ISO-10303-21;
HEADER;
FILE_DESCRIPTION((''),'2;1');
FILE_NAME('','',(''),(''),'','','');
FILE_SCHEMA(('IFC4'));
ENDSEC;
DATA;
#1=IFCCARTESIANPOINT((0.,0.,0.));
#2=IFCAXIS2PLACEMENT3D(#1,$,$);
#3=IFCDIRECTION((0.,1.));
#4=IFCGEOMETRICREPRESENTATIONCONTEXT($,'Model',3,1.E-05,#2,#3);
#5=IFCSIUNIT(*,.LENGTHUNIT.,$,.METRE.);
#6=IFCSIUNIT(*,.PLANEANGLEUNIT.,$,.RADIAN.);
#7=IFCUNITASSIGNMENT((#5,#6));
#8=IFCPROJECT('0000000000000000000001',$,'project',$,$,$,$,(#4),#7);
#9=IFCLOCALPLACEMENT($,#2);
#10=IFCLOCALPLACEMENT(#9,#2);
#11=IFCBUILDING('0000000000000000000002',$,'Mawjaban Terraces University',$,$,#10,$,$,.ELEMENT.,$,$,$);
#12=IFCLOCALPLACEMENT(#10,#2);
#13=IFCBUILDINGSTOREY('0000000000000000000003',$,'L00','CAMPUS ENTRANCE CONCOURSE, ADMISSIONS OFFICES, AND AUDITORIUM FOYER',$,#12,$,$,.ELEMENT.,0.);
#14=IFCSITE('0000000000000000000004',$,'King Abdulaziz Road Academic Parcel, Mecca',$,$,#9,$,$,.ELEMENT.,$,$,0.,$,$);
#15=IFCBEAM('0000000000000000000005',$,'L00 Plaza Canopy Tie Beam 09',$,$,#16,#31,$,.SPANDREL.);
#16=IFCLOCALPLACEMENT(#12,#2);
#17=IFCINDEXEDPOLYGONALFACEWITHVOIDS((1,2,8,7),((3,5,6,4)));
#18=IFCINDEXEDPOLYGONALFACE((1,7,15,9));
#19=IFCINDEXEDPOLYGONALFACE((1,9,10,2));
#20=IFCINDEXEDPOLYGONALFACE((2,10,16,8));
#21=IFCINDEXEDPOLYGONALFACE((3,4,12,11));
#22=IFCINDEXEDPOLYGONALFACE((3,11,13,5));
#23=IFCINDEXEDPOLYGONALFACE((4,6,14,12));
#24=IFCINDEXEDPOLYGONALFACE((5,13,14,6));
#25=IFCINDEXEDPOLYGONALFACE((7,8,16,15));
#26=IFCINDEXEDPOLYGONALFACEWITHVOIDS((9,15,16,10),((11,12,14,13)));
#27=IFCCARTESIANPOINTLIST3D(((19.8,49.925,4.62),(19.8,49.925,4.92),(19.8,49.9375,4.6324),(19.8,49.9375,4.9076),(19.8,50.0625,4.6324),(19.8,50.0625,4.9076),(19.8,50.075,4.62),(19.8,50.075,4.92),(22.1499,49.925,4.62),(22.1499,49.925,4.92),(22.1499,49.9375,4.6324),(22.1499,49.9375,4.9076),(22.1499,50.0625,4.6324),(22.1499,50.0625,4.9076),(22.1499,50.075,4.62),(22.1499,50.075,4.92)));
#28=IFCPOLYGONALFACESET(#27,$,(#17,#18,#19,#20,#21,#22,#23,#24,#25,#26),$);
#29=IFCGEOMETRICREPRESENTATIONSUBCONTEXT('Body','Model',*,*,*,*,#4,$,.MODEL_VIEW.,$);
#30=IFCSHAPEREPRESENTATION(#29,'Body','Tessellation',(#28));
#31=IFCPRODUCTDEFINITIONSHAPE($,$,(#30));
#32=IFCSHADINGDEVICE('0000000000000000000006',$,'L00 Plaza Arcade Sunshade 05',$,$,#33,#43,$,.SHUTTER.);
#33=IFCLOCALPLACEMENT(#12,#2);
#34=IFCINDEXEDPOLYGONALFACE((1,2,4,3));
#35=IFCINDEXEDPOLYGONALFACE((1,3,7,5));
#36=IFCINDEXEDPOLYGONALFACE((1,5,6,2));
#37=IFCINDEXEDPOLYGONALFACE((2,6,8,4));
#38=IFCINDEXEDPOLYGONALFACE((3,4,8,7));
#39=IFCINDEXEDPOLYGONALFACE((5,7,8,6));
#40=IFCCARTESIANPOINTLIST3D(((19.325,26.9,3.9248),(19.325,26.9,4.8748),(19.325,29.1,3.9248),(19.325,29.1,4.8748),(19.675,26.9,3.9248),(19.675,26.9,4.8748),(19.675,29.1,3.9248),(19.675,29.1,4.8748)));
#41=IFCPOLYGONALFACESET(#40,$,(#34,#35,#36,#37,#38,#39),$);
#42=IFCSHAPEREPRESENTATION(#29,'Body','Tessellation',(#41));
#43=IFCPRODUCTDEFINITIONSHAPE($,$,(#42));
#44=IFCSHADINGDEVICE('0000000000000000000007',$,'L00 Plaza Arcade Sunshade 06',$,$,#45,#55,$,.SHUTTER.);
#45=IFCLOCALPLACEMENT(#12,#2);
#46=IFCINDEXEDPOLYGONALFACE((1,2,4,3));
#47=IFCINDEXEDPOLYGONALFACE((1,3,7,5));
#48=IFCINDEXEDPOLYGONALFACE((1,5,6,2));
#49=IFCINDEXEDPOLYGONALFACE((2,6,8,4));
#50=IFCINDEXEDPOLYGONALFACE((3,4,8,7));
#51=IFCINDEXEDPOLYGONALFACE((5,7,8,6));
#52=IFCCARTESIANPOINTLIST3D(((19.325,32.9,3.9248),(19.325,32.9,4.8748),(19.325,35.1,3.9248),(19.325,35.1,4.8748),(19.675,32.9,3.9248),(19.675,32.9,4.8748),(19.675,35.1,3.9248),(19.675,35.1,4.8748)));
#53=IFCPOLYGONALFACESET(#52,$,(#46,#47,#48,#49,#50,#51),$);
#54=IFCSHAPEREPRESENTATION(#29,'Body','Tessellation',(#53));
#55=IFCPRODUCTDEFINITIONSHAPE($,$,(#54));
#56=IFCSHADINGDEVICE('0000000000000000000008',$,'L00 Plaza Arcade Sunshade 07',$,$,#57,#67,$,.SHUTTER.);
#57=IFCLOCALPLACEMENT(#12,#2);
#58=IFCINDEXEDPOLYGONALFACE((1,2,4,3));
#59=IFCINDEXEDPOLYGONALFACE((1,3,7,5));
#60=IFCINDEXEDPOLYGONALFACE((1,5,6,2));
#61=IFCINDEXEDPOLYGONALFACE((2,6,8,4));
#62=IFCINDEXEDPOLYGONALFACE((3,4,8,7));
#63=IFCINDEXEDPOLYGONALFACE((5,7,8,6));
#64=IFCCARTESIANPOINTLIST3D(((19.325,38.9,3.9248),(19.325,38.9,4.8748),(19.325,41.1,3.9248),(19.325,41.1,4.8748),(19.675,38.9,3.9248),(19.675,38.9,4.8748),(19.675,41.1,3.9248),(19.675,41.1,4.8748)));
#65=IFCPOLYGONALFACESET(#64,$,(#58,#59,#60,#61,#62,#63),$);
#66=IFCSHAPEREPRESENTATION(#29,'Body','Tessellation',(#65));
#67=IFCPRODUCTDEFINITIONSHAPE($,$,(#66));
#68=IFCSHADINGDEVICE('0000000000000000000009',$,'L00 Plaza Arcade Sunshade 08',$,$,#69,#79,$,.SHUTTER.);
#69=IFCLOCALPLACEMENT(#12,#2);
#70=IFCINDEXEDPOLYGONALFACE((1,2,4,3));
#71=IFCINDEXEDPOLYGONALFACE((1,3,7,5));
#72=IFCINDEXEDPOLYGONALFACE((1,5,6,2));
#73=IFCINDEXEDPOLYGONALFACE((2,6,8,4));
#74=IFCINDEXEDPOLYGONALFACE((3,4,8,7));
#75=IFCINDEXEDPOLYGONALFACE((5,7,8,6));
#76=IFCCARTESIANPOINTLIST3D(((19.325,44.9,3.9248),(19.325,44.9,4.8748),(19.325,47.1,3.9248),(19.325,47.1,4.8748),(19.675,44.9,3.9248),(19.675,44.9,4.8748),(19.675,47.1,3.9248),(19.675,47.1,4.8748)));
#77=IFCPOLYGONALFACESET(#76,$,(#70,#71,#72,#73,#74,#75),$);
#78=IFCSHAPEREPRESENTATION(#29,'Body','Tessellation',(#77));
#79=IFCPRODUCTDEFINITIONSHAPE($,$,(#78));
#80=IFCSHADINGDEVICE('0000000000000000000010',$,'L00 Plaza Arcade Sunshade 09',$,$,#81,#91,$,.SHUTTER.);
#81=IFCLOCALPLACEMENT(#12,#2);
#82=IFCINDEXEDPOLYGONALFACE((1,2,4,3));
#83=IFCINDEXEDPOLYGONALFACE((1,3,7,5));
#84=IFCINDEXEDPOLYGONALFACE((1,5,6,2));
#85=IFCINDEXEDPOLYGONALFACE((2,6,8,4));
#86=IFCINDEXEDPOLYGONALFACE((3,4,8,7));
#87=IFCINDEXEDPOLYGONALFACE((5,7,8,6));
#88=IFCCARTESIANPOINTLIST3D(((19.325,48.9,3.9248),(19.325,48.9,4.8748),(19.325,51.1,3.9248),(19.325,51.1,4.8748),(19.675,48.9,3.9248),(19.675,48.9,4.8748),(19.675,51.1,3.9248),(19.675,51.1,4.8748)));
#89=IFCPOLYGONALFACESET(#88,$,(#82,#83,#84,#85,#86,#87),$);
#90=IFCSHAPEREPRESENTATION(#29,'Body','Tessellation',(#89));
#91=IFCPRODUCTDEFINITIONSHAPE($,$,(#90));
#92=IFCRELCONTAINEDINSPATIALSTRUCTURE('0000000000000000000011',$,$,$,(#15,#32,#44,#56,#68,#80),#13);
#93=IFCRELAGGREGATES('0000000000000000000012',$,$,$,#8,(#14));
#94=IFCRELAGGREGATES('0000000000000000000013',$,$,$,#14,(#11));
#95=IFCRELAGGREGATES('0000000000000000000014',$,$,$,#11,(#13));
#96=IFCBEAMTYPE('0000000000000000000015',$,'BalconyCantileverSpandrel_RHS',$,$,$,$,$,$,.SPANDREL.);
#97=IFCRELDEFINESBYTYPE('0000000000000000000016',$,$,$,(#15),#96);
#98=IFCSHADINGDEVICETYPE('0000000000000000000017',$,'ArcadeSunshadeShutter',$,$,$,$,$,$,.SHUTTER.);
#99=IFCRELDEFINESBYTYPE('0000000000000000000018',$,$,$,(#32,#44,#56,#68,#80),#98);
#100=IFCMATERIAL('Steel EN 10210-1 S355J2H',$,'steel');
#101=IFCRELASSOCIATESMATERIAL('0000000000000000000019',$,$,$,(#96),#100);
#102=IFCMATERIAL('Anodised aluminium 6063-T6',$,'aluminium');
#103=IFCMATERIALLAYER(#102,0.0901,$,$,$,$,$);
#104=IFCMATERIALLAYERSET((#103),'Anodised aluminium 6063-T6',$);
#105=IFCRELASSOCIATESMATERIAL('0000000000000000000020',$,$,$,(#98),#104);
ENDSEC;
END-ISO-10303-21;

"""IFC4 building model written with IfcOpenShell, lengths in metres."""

from ifc_helpers import new_model, si_unit, direction, frame, origin, origin_2d, place, context, subcontext, project, spatial, rectangle, hollow_rectangle, extrude, material, layer, layer_set, material_profile, profile_set, type_object, element, save


model = new_model("IFC4")

# Units and contexts
model_context = context("Model", 3, precision=1e-05, world=origin(), true_north=direction((0.0, 1.0)))
body_context = subcontext(model_context, "Body", "Model", "MODEL_VIEW")
ifc_project = project(units=[si_unit("LENGTHUNIT", "METRE"), si_unit("PLANEANGLEUNIT", "RADIAN")], contexts=[model_context])

# Site, building, storey
site_placement = place(None, origin())
site = spatial("IfcSite", under=ifc_project, at=site_placement, Name="King Abdulaziz Road Academic Parcel, Mecca", CompositionType="ELEMENT", RefElevation=0.0)
building_placement = place(site_placement, origin())
building = spatial("IfcBuilding", under=site, at=building_placement, Name="Mawjaban Terraces University", CompositionType="ELEMENT")
storey_placement = place(building_placement, origin())
storey = spatial("IfcBuildingStorey", under=building, at=storey_placement, Name="L00", Description="CAMPUS ENTRANCE CONCOURSE, ADMISSIONS OFFICES, AND AUDITORIUM FOYER", CompositionType="ELEMENT", Elevation=0.0)

# Beam
ifc_material_1 = material(Name="Steel EN 10210-1 S355J2H", Category="steel")
ifc_material_profile_1 = material_profile(ifc_material_1, hollow_rectangle(XDim=0.1499, YDim=0.3, WallThickness=0.0125, at=origin_2d()), Name="RHS300X150X12.5")
ifc_profile_set_1 = profile_set([ifc_material_profile_1], Name="Steel EN 10210-1 S355J2H")
beam_type = type_object("IfcBeamType", Name="BalconyCantileverSpandrel_RHS", PredefinedType="SPANDREL", material=ifc_profile_set_1)
for number, where, z_axis, x_axis, name in (
    (1, (19.8, 50.0, 4.77), (1.0, 0.0, 0.0), (0.0, 1.0, 0.0), "L00 Plaza Canopy Tie Beam 09"),
):
    element("IfcBeam", number, at=place(storey_placement, frame(where, z_axis=z_axis, x_axis=x_axis)), inside=storey, type_object=beam_type, Name=name, PredefinedType="SPANDREL", context=body_context, shape_type="SweptSolid", body=[
        extrude(hollow_rectangle(XDim=0.1499, YDim=0.3, WallThickness=0.0125, at=origin_2d()), origin(), (0.0, 0.0, 1.0), 2.3499),
    ])

# Shading devices
ifc_material_2 = material(Name="Anodised aluminium 6063-T6", Category="aluminium")
ifc_layer_1 = layer(ifc_material_2, 0.0901)
ifc_layer_set_1 = layer_set([ifc_layer_1], Name="Anodised aluminium 6063-T6")
shading_device_type = type_object("IfcShadingDeviceType", Name="ArcadeSunshadeShutter", PredefinedType="SHUTTER", material=ifc_layer_set_1)
for number, where, z_axis, x_axis, name in (
    (2, (19.5, 28.0, 3.9248), (0.0, 0.0, 1.0), (1.0, 0.0, 0.0), "L00 Plaza Arcade Sunshade 05"),
    (3, (19.5, 34.0, 3.9248), (0.0, 0.0, 1.0), (1.0, 0.0, 0.0), "L00 Plaza Arcade Sunshade 06"),
    (4, (19.5, 40.0, 3.9248), (0.0, 0.0, 1.0), (1.0, 0.0, 0.0), "L00 Plaza Arcade Sunshade 07"),
    (5, (19.5, 46.0, 3.9248), (0.0, 0.0, 1.0), (1.0, 0.0, 0.0), "L00 Plaza Arcade Sunshade 08"),
    (6, (19.5, 50.0, 3.9248), (0.0, 0.0, 1.0), (1.0, 0.0, 0.0), "L00 Plaza Arcade Sunshade 09"),
):
    element("IfcShadingDevice", number, at=place(storey_placement, frame(where, z_axis=z_axis, x_axis=x_axis)), inside=storey, type_object=shading_device_type, Name=name, PredefinedType="SHUTTER", context=body_context, shape_type="SweptSolid", body=[
        extrude(rectangle(XDim=0.3501, YDim=2.2, at=origin_2d()), origin(), (0.0, 0.0, 1.0), 0.95),
    ])

save(model, "model.ifc")
